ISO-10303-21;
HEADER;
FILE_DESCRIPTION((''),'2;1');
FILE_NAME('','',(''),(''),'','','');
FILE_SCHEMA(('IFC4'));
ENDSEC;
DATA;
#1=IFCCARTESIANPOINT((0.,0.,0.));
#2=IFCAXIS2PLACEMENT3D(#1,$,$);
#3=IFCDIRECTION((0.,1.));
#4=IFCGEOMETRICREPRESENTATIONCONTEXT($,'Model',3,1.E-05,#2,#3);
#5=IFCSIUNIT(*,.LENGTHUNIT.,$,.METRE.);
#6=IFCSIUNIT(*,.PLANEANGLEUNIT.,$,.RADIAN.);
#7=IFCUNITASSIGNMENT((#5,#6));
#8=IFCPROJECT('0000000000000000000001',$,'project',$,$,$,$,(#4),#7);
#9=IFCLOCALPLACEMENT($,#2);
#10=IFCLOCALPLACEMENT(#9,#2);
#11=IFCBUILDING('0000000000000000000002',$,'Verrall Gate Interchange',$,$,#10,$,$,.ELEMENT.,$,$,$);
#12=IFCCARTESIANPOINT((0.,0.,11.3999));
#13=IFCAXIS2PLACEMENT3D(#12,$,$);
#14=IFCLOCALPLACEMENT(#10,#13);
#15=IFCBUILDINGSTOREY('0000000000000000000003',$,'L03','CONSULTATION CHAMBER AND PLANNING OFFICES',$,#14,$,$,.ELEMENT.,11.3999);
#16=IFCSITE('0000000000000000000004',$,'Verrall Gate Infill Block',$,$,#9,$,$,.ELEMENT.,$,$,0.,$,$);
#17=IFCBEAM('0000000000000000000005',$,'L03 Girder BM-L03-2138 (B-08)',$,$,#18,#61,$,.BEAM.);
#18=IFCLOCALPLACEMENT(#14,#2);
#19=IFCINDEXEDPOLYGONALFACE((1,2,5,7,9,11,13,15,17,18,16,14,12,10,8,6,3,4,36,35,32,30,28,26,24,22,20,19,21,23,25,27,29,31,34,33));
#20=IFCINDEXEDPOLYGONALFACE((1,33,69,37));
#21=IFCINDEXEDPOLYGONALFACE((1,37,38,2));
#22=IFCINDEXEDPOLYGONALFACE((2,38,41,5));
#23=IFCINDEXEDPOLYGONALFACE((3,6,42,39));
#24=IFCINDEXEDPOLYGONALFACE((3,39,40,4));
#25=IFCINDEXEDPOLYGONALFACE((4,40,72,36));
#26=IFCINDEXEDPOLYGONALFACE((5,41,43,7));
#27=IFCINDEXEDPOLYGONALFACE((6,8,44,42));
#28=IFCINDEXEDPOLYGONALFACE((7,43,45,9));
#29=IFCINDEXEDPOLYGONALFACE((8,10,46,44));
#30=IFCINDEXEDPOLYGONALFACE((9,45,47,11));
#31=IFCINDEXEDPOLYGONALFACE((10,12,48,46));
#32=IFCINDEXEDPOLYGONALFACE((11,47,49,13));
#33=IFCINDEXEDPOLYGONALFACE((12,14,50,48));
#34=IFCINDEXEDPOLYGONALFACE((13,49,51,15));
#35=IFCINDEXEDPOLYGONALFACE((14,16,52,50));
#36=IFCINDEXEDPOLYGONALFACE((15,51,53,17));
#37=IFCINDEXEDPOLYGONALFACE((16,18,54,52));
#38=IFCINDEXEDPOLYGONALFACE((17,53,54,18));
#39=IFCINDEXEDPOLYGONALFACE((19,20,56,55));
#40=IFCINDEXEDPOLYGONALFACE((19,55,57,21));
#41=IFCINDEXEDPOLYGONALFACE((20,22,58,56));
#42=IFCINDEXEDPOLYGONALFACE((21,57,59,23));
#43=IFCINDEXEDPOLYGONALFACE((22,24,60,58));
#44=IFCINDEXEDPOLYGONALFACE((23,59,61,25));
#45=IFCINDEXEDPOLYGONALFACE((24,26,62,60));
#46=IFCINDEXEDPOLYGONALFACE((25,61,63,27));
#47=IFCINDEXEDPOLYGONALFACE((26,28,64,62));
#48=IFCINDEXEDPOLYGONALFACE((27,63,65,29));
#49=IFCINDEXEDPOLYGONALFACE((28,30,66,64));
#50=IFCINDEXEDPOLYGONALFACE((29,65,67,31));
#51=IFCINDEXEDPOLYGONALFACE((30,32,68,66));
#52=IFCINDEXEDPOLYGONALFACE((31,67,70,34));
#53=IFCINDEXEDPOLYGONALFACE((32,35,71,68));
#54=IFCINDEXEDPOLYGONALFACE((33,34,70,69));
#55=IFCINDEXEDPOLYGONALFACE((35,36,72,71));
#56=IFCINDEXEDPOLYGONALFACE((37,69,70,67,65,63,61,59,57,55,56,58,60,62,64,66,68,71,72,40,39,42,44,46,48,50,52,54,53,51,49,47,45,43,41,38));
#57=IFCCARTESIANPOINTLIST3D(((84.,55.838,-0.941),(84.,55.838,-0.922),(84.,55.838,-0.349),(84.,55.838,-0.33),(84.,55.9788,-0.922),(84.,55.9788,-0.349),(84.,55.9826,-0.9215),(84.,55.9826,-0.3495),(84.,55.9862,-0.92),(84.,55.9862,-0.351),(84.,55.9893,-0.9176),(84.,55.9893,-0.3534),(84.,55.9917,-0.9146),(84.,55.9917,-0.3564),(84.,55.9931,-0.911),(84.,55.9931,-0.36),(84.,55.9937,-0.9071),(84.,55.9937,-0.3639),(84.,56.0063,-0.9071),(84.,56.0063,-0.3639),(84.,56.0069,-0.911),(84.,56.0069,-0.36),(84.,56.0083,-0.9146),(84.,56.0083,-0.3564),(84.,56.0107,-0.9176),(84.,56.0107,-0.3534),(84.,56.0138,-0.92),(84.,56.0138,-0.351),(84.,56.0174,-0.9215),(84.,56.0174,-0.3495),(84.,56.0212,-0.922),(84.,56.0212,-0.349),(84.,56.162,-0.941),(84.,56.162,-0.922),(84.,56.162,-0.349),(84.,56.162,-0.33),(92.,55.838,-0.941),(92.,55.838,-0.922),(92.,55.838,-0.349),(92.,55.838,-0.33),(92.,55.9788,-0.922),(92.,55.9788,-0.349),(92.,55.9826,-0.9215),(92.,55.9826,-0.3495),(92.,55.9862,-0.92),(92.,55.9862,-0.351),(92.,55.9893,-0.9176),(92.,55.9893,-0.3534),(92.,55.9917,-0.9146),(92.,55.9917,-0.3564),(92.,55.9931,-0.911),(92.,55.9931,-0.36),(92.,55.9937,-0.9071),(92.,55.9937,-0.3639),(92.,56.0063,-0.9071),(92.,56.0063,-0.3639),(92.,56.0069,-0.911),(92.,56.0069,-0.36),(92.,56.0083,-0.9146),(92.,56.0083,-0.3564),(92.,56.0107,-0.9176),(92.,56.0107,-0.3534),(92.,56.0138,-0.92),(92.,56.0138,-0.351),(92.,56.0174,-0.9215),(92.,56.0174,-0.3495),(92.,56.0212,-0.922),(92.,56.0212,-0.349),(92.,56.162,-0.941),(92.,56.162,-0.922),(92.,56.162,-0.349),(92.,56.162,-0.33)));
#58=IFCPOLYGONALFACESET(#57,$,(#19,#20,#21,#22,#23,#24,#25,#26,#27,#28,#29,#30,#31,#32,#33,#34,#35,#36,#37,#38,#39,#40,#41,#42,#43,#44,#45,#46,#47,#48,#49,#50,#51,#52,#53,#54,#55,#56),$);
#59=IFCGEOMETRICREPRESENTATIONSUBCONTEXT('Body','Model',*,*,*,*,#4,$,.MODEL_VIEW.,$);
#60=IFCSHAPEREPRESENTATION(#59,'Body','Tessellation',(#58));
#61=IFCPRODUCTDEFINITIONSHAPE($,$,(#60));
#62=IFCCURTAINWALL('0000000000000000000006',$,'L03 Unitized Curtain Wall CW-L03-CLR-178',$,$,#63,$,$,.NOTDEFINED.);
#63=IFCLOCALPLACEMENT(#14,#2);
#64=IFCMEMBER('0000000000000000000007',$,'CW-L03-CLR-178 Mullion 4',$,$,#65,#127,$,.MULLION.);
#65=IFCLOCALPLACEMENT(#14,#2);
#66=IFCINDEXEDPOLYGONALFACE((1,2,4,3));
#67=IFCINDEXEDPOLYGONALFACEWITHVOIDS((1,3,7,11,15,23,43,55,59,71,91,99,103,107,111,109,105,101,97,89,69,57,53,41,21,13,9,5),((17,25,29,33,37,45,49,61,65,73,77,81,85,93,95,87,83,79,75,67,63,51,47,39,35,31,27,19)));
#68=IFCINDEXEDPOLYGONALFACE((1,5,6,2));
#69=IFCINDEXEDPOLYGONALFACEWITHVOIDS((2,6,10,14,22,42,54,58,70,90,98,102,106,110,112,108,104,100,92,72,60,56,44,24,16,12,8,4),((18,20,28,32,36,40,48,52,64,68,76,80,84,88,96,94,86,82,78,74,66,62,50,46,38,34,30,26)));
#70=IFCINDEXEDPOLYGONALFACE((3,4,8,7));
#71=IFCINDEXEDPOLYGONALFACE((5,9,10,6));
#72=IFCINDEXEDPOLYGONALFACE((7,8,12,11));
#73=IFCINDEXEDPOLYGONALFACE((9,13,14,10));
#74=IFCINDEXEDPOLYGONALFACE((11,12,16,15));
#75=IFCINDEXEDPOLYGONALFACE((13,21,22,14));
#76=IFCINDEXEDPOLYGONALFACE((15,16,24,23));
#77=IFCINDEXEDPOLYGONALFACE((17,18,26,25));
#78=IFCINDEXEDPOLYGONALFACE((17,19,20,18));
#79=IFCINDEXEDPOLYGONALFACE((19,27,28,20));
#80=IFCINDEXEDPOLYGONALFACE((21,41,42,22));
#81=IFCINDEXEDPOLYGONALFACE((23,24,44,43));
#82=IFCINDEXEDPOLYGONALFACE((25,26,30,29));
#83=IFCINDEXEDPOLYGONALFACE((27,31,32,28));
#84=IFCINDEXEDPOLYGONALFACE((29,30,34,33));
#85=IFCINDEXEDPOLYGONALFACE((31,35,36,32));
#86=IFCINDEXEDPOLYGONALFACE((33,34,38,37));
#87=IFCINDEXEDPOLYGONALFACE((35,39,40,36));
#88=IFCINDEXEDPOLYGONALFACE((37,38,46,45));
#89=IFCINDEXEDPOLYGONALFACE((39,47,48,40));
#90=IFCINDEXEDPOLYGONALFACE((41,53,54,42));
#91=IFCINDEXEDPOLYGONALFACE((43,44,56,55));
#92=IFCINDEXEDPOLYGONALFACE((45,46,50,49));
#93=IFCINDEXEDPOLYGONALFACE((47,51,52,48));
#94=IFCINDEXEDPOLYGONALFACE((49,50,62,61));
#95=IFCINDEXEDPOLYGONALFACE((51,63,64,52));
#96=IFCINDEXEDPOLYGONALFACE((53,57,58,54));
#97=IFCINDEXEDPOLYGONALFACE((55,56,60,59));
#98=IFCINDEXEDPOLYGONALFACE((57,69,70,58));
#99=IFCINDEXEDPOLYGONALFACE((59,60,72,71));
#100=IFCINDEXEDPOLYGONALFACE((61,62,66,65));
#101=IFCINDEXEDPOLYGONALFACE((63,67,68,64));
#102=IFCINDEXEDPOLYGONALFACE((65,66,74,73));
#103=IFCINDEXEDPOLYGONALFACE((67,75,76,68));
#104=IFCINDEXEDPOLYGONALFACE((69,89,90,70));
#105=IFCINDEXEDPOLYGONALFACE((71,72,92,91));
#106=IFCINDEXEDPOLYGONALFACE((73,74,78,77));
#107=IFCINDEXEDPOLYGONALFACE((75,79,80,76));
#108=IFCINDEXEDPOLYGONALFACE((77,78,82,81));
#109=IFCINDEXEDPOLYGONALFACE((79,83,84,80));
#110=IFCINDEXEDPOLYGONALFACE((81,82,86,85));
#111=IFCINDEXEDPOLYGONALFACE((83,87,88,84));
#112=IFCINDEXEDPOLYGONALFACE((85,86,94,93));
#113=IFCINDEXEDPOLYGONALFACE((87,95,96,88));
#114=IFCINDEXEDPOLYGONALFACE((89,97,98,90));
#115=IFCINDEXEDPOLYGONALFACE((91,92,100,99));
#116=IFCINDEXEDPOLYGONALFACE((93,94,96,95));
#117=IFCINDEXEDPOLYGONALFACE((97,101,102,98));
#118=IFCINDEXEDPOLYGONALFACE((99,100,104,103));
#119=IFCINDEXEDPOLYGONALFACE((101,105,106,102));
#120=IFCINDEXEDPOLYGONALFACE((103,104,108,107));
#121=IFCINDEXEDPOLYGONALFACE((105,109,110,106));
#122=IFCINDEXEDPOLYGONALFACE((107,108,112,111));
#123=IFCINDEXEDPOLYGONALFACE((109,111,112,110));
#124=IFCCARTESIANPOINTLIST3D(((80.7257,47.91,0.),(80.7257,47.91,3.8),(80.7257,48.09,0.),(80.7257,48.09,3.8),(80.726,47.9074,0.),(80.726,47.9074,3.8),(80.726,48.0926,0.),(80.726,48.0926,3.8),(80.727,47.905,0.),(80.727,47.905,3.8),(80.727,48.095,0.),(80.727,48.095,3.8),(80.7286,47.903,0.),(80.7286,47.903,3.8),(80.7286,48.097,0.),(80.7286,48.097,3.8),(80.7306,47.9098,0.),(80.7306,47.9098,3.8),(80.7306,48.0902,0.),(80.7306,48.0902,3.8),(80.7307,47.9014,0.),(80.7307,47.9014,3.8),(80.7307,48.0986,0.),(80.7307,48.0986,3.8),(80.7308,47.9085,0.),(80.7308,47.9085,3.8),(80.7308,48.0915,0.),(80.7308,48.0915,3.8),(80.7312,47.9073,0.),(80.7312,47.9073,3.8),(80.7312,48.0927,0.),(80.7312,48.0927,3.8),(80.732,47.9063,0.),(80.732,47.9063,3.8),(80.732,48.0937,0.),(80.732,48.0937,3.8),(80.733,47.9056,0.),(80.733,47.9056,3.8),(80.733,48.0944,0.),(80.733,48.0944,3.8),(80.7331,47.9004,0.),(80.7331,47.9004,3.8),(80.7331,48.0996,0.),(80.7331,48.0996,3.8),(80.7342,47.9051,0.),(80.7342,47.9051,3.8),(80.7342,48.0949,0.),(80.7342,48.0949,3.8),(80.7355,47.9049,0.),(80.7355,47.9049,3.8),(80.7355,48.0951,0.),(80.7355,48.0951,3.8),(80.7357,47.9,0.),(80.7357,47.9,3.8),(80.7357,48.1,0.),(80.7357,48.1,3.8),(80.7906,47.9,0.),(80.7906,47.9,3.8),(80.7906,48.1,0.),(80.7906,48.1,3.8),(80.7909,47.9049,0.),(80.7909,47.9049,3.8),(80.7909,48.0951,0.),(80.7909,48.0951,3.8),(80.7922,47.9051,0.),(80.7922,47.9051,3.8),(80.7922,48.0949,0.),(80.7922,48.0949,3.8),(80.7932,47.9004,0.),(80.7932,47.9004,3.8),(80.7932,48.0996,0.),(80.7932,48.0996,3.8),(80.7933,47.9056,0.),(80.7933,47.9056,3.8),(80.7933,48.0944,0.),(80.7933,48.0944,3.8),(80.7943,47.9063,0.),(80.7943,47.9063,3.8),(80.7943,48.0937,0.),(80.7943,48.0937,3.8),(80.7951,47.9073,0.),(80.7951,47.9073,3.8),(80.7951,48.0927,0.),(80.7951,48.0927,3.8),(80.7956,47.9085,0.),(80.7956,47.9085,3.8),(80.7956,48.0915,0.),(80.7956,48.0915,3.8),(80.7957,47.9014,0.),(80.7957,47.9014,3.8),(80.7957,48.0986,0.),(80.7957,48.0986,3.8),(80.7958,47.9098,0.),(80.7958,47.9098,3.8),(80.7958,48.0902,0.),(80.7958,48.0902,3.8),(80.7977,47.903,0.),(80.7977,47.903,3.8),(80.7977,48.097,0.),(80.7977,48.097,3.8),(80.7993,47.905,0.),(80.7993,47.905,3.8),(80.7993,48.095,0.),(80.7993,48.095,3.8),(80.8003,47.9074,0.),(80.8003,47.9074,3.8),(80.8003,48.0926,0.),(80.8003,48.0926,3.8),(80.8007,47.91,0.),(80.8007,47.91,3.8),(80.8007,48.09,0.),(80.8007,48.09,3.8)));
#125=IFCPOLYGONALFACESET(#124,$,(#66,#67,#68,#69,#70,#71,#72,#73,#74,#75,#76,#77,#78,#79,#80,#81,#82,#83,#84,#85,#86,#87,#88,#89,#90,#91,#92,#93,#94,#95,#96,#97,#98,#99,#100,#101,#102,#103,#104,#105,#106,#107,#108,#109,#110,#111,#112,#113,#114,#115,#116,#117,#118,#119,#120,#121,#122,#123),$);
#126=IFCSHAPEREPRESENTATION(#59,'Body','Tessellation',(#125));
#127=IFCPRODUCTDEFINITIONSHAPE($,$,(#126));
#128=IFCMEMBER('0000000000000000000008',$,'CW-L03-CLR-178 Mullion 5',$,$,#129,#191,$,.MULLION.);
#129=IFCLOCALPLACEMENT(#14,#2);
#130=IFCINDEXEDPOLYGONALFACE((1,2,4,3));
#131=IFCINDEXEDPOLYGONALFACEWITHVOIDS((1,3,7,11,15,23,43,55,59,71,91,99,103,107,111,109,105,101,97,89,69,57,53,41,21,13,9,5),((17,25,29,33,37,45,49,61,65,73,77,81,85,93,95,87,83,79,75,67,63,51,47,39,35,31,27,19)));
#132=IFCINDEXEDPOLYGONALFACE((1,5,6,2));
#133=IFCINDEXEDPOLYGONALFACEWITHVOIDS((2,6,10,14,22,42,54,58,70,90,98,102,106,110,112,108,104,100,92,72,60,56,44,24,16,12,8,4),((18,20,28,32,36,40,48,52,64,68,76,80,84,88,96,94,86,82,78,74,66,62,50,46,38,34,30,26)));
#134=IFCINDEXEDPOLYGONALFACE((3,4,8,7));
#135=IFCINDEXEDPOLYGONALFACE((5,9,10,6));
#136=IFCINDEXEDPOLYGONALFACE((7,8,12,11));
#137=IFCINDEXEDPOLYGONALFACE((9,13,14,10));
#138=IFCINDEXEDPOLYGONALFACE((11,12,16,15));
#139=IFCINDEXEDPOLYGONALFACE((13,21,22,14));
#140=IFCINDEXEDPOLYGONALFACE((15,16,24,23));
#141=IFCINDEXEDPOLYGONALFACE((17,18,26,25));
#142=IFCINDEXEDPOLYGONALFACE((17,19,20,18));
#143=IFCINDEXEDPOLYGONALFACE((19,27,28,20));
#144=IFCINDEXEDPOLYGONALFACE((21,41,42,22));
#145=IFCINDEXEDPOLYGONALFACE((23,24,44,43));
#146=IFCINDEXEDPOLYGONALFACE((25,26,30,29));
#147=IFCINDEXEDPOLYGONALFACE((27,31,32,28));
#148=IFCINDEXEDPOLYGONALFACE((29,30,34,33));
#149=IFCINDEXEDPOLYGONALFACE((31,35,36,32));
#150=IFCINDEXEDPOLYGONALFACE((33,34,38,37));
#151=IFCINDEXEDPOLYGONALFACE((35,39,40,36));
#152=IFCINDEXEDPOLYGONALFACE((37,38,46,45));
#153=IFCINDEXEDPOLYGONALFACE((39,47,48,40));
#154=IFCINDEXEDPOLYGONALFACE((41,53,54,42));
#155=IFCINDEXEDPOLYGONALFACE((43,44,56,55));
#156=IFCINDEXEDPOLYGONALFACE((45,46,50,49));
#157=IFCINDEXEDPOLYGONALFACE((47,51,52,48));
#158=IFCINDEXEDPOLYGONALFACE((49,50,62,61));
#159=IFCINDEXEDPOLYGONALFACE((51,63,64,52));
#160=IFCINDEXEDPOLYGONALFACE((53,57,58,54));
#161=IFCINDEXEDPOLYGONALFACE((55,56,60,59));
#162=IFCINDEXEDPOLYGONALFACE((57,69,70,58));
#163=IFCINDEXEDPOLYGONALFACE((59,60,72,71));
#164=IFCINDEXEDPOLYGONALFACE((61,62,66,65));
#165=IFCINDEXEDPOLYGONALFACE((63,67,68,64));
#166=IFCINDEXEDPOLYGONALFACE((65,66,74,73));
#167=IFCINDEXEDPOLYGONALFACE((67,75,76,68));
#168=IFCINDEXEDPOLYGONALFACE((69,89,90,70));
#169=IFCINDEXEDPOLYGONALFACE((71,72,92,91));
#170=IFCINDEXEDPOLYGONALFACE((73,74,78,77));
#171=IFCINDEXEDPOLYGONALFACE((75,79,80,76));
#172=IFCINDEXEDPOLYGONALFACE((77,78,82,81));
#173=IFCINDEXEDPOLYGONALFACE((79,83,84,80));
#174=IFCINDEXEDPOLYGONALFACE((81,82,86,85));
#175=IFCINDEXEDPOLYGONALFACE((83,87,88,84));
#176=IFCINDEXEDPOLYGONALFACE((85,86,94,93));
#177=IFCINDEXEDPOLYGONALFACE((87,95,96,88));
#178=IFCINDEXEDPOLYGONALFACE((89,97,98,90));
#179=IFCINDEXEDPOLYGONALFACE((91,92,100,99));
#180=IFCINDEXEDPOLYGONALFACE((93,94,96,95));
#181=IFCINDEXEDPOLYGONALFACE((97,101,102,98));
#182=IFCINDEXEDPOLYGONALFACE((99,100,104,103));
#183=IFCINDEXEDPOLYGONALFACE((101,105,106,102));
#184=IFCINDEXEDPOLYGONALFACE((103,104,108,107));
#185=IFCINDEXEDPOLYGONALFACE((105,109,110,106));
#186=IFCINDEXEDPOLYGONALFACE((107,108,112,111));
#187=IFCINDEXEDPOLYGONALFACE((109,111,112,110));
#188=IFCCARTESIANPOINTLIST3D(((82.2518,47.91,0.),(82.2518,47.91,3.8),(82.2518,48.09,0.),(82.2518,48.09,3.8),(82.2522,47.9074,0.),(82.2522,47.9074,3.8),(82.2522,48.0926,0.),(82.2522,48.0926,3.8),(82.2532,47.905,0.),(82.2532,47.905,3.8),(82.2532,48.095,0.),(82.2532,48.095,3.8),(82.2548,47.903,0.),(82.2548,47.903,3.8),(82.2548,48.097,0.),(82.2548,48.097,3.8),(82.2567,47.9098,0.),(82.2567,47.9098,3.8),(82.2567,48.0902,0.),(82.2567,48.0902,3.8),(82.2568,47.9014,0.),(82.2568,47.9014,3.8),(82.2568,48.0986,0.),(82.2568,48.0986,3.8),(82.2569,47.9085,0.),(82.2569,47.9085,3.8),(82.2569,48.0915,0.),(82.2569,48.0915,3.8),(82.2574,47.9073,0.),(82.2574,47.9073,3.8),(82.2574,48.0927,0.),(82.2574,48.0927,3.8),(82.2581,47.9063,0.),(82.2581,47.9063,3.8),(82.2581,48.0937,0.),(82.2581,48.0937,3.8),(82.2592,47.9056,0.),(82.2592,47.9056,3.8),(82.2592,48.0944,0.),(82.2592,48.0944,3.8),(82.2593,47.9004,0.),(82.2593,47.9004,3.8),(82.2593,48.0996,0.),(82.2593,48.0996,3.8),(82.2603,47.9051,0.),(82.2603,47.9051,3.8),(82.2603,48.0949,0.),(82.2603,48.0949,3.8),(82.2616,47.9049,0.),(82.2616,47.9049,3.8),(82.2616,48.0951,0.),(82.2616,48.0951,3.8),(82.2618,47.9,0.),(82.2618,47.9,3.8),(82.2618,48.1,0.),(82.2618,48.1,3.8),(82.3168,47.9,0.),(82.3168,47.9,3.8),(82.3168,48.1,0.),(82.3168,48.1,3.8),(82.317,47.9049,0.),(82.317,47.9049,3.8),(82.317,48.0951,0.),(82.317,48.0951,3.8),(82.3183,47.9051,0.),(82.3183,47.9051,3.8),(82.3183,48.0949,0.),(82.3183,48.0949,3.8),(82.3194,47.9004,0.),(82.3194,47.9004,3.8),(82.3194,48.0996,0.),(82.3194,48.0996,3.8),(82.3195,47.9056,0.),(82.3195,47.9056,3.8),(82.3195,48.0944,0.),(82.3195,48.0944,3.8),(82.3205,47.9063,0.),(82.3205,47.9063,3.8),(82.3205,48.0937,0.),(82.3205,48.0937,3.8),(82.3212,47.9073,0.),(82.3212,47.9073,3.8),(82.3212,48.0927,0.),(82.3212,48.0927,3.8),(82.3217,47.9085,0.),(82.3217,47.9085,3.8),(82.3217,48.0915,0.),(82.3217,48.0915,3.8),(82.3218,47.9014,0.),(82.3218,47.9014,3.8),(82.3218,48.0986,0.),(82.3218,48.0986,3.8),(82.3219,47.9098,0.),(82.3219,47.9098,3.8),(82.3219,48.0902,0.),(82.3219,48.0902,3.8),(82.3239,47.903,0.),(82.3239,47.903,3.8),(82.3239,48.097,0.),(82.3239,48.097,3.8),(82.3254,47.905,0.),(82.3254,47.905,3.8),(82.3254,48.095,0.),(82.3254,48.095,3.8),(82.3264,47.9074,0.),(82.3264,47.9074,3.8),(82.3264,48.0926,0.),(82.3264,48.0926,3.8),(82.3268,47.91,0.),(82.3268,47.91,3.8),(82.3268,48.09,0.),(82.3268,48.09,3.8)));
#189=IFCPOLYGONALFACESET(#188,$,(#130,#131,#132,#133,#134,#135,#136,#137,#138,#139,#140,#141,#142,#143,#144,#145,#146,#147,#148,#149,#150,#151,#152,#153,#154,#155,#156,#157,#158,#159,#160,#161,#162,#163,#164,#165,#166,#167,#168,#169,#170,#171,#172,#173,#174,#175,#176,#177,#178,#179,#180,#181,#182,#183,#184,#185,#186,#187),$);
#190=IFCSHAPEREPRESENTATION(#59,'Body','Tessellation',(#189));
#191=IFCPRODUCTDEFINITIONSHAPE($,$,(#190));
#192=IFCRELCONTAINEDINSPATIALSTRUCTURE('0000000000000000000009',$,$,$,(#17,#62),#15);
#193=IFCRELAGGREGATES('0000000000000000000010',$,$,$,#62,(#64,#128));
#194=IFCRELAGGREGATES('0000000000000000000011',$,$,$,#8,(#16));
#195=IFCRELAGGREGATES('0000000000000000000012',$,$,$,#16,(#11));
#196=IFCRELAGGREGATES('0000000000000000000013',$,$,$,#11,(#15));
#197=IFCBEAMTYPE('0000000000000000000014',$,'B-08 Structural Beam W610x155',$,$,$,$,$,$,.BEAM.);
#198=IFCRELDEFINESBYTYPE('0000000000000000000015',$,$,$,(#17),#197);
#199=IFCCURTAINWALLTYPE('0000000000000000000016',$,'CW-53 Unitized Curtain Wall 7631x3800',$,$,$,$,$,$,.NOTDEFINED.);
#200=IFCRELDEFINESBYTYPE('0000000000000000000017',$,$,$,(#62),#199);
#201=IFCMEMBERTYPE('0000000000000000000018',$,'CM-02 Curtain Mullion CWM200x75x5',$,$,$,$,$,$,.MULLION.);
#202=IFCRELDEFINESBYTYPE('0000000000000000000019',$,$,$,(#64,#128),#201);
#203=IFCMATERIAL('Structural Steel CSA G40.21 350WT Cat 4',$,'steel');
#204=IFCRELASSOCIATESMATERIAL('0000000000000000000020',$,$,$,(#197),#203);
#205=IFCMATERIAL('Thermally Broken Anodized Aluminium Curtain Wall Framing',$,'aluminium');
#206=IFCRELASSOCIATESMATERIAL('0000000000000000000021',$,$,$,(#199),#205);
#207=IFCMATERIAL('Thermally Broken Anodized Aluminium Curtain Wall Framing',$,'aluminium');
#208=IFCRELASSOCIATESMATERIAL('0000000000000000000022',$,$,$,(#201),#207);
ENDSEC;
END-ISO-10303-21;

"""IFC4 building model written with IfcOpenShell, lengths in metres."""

from ifc_helpers import new_model, si_unit, direction, frame, origin, origin_2d, place, context, subcontext, project, spatial, hollow_rectangle, i_section, extrude, material, material_profile, profile_set, type_object, element, aggregate, save


model = new_model("IFC4")

# Units and contexts
model_context = context("Model", 3, precision=1e-05, world=origin(), true_north=direction((0.0, 1.0)))
body_context = subcontext(model_context, "Body", "Model", "MODEL_VIEW")
ifc_project = project(units=[si_unit("LENGTHUNIT", "METRE"), si_unit("PLANEANGLEUNIT", "RADIAN")], contexts=[model_context])

# Site, building, storey
site_placement = place(None, origin())
site = spatial("IfcSite", under=ifc_project, at=site_placement, Name="Verrall Gate Infill Block", CompositionType="ELEMENT", RefElevation=0.0)
building_placement = place(site_placement, origin())
building = spatial("IfcBuilding", under=site, at=building_placement, Name="Verrall Gate Interchange", CompositionType="ELEMENT")
storey_placement = place(building_placement, frame((0.0, 0.0, 11.3999)))
storey = spatial("IfcBuildingStorey", under=building, at=storey_placement, Name="L03", Description="CONSULTATION CHAMBER AND PLANNING OFFICES", CompositionType="ELEMENT", Elevation=11.3999)

# Beam
ifc_material_1 = material(Name="Structural Steel CSA G40.21 350WT Cat 4", Category="steel")
ifc_material_profile_1 = material_profile(ifc_material_1, i_section(OverallWidth=0.324, OverallDepth=0.6111, WebThickness=0.0127, FlangeThickness=0.019, FilletRadius=0.0149, at=origin_2d()), Name="W610x155")
ifc_profile_set_1 = profile_set([ifc_material_profile_1], Name="Structural Steel CSA G40.21 350WT Cat 4")
beam_type_1 = type_object("IfcBeamType", Name="B-08 Structural Beam W610x155", PredefinedType="BEAM", material=ifc_profile_set_1)
for number, where, z_axis, x_axis, name in (
    (1, (84.0, 56.0, -0.6355), (1.0, 0.0, 0.0), (0.0, 1.0, 0.0), "L03 Girder BM-L03-2138 (B-08)"),
):
    element("IfcBeam", number, at=place(storey_placement, frame(where, z_axis=z_axis, x_axis=x_axis)), inside=storey, type_object=beam_type_1, Name=name, PredefinedType="BEAM", context=body_context, shape_type="SweptSolid", body=[
        extrude(i_section(OverallWidth=0.324, OverallDepth=0.6111, WebThickness=0.0127, FlangeThickness=0.019, FilletRadius=0.0149, at=origin_2d()), origin(), (0.0, 0.0, 1.0), 8.0),
    ])

# Curtain wall, members
ifc_material_2 = material(Name="Thermally Broken Anodized Aluminium Curtain Wall Framing", Category="aluminium")
curtain_wall_type = type_object("IfcCurtainWallType", Name="CW-53 Unitized Curtain Wall 7631x3800", PredefinedType="NOTDEFINED", material=ifc_material_2)
curtain_wall_1_placement = place(storey_placement, origin())
curtain_wall_1 = element("IfcCurtainWall", 2, at=curtain_wall_1_placement, inside=storey, type_object=curtain_wall_type, Name="L03 Unitized Curtain Wall CW-L03-CLR-178", PredefinedType="NOTDEFINED")
ifc_material_3 = material(Name="Thermally Broken Anodized Aluminium Curtain Wall Framing", Category="aluminium")
ifc_material_profile_2 = material_profile(ifc_material_3, hollow_rectangle(XDim=0.075, YDim=0.2, WallThickness=0.0049, InnerFilletRadius=0.0049, OuterFilletRadius=0.01, at=origin_2d()), Name="CWM200x75x5")
ifc_profile_set_2 = profile_set([ifc_material_profile_2], Name="Thermally Broken Anodized Aluminium Curtain Wall Framing")
member_type_1 = type_object("IfcMemberType", Name="CM-02 Curtain Mullion CWM200x75x5", PredefinedType="MULLION", material=ifc_profile_set_2)
member_1_placement = place(storey_placement, frame((80.7632, 48.0, 0.0), z_axis=(0.0, 0.0, 1.0), x_axis=(1.0, 0.0, 0.0)))
member_1 = element("IfcMember", 3, at=member_1_placement, type_object=member_type_1, Name="CW-L03-CLR-178 Mullion 4", PredefinedType="MULLION", context=body_context, shape_type="SweptSolid", body=[
    extrude(hollow_rectangle(XDim=0.075, YDim=0.2, WallThickness=0.0049, InnerFilletRadius=0.0049, OuterFilletRadius=0.01, at=origin_2d()), origin(), (0.0, 0.0, 1.0), 3.8),
])
member_2_placement = place(storey_placement, frame((82.2893, 48.0, 0.0), z_axis=(0.0, 0.0, 1.0), x_axis=(1.0, 0.0, 0.0)))
member_2 = element("IfcMember", 4, at=member_2_placement, type_object=member_type_1, Name="CW-L03-CLR-178 Mullion 5", PredefinedType="MULLION", context=body_context, shape_type="SweptSolid", body=[
    extrude(hollow_rectangle(XDim=0.075, YDim=0.2, WallThickness=0.0049, InnerFilletRadius=0.0049, OuterFilletRadius=0.01, at=origin_2d()), origin(), (0.0, 0.0, 1.0), 3.8),
])

aggregate(curtain_wall_1, [member_1, member_2])

save(model, "model.ifc")
